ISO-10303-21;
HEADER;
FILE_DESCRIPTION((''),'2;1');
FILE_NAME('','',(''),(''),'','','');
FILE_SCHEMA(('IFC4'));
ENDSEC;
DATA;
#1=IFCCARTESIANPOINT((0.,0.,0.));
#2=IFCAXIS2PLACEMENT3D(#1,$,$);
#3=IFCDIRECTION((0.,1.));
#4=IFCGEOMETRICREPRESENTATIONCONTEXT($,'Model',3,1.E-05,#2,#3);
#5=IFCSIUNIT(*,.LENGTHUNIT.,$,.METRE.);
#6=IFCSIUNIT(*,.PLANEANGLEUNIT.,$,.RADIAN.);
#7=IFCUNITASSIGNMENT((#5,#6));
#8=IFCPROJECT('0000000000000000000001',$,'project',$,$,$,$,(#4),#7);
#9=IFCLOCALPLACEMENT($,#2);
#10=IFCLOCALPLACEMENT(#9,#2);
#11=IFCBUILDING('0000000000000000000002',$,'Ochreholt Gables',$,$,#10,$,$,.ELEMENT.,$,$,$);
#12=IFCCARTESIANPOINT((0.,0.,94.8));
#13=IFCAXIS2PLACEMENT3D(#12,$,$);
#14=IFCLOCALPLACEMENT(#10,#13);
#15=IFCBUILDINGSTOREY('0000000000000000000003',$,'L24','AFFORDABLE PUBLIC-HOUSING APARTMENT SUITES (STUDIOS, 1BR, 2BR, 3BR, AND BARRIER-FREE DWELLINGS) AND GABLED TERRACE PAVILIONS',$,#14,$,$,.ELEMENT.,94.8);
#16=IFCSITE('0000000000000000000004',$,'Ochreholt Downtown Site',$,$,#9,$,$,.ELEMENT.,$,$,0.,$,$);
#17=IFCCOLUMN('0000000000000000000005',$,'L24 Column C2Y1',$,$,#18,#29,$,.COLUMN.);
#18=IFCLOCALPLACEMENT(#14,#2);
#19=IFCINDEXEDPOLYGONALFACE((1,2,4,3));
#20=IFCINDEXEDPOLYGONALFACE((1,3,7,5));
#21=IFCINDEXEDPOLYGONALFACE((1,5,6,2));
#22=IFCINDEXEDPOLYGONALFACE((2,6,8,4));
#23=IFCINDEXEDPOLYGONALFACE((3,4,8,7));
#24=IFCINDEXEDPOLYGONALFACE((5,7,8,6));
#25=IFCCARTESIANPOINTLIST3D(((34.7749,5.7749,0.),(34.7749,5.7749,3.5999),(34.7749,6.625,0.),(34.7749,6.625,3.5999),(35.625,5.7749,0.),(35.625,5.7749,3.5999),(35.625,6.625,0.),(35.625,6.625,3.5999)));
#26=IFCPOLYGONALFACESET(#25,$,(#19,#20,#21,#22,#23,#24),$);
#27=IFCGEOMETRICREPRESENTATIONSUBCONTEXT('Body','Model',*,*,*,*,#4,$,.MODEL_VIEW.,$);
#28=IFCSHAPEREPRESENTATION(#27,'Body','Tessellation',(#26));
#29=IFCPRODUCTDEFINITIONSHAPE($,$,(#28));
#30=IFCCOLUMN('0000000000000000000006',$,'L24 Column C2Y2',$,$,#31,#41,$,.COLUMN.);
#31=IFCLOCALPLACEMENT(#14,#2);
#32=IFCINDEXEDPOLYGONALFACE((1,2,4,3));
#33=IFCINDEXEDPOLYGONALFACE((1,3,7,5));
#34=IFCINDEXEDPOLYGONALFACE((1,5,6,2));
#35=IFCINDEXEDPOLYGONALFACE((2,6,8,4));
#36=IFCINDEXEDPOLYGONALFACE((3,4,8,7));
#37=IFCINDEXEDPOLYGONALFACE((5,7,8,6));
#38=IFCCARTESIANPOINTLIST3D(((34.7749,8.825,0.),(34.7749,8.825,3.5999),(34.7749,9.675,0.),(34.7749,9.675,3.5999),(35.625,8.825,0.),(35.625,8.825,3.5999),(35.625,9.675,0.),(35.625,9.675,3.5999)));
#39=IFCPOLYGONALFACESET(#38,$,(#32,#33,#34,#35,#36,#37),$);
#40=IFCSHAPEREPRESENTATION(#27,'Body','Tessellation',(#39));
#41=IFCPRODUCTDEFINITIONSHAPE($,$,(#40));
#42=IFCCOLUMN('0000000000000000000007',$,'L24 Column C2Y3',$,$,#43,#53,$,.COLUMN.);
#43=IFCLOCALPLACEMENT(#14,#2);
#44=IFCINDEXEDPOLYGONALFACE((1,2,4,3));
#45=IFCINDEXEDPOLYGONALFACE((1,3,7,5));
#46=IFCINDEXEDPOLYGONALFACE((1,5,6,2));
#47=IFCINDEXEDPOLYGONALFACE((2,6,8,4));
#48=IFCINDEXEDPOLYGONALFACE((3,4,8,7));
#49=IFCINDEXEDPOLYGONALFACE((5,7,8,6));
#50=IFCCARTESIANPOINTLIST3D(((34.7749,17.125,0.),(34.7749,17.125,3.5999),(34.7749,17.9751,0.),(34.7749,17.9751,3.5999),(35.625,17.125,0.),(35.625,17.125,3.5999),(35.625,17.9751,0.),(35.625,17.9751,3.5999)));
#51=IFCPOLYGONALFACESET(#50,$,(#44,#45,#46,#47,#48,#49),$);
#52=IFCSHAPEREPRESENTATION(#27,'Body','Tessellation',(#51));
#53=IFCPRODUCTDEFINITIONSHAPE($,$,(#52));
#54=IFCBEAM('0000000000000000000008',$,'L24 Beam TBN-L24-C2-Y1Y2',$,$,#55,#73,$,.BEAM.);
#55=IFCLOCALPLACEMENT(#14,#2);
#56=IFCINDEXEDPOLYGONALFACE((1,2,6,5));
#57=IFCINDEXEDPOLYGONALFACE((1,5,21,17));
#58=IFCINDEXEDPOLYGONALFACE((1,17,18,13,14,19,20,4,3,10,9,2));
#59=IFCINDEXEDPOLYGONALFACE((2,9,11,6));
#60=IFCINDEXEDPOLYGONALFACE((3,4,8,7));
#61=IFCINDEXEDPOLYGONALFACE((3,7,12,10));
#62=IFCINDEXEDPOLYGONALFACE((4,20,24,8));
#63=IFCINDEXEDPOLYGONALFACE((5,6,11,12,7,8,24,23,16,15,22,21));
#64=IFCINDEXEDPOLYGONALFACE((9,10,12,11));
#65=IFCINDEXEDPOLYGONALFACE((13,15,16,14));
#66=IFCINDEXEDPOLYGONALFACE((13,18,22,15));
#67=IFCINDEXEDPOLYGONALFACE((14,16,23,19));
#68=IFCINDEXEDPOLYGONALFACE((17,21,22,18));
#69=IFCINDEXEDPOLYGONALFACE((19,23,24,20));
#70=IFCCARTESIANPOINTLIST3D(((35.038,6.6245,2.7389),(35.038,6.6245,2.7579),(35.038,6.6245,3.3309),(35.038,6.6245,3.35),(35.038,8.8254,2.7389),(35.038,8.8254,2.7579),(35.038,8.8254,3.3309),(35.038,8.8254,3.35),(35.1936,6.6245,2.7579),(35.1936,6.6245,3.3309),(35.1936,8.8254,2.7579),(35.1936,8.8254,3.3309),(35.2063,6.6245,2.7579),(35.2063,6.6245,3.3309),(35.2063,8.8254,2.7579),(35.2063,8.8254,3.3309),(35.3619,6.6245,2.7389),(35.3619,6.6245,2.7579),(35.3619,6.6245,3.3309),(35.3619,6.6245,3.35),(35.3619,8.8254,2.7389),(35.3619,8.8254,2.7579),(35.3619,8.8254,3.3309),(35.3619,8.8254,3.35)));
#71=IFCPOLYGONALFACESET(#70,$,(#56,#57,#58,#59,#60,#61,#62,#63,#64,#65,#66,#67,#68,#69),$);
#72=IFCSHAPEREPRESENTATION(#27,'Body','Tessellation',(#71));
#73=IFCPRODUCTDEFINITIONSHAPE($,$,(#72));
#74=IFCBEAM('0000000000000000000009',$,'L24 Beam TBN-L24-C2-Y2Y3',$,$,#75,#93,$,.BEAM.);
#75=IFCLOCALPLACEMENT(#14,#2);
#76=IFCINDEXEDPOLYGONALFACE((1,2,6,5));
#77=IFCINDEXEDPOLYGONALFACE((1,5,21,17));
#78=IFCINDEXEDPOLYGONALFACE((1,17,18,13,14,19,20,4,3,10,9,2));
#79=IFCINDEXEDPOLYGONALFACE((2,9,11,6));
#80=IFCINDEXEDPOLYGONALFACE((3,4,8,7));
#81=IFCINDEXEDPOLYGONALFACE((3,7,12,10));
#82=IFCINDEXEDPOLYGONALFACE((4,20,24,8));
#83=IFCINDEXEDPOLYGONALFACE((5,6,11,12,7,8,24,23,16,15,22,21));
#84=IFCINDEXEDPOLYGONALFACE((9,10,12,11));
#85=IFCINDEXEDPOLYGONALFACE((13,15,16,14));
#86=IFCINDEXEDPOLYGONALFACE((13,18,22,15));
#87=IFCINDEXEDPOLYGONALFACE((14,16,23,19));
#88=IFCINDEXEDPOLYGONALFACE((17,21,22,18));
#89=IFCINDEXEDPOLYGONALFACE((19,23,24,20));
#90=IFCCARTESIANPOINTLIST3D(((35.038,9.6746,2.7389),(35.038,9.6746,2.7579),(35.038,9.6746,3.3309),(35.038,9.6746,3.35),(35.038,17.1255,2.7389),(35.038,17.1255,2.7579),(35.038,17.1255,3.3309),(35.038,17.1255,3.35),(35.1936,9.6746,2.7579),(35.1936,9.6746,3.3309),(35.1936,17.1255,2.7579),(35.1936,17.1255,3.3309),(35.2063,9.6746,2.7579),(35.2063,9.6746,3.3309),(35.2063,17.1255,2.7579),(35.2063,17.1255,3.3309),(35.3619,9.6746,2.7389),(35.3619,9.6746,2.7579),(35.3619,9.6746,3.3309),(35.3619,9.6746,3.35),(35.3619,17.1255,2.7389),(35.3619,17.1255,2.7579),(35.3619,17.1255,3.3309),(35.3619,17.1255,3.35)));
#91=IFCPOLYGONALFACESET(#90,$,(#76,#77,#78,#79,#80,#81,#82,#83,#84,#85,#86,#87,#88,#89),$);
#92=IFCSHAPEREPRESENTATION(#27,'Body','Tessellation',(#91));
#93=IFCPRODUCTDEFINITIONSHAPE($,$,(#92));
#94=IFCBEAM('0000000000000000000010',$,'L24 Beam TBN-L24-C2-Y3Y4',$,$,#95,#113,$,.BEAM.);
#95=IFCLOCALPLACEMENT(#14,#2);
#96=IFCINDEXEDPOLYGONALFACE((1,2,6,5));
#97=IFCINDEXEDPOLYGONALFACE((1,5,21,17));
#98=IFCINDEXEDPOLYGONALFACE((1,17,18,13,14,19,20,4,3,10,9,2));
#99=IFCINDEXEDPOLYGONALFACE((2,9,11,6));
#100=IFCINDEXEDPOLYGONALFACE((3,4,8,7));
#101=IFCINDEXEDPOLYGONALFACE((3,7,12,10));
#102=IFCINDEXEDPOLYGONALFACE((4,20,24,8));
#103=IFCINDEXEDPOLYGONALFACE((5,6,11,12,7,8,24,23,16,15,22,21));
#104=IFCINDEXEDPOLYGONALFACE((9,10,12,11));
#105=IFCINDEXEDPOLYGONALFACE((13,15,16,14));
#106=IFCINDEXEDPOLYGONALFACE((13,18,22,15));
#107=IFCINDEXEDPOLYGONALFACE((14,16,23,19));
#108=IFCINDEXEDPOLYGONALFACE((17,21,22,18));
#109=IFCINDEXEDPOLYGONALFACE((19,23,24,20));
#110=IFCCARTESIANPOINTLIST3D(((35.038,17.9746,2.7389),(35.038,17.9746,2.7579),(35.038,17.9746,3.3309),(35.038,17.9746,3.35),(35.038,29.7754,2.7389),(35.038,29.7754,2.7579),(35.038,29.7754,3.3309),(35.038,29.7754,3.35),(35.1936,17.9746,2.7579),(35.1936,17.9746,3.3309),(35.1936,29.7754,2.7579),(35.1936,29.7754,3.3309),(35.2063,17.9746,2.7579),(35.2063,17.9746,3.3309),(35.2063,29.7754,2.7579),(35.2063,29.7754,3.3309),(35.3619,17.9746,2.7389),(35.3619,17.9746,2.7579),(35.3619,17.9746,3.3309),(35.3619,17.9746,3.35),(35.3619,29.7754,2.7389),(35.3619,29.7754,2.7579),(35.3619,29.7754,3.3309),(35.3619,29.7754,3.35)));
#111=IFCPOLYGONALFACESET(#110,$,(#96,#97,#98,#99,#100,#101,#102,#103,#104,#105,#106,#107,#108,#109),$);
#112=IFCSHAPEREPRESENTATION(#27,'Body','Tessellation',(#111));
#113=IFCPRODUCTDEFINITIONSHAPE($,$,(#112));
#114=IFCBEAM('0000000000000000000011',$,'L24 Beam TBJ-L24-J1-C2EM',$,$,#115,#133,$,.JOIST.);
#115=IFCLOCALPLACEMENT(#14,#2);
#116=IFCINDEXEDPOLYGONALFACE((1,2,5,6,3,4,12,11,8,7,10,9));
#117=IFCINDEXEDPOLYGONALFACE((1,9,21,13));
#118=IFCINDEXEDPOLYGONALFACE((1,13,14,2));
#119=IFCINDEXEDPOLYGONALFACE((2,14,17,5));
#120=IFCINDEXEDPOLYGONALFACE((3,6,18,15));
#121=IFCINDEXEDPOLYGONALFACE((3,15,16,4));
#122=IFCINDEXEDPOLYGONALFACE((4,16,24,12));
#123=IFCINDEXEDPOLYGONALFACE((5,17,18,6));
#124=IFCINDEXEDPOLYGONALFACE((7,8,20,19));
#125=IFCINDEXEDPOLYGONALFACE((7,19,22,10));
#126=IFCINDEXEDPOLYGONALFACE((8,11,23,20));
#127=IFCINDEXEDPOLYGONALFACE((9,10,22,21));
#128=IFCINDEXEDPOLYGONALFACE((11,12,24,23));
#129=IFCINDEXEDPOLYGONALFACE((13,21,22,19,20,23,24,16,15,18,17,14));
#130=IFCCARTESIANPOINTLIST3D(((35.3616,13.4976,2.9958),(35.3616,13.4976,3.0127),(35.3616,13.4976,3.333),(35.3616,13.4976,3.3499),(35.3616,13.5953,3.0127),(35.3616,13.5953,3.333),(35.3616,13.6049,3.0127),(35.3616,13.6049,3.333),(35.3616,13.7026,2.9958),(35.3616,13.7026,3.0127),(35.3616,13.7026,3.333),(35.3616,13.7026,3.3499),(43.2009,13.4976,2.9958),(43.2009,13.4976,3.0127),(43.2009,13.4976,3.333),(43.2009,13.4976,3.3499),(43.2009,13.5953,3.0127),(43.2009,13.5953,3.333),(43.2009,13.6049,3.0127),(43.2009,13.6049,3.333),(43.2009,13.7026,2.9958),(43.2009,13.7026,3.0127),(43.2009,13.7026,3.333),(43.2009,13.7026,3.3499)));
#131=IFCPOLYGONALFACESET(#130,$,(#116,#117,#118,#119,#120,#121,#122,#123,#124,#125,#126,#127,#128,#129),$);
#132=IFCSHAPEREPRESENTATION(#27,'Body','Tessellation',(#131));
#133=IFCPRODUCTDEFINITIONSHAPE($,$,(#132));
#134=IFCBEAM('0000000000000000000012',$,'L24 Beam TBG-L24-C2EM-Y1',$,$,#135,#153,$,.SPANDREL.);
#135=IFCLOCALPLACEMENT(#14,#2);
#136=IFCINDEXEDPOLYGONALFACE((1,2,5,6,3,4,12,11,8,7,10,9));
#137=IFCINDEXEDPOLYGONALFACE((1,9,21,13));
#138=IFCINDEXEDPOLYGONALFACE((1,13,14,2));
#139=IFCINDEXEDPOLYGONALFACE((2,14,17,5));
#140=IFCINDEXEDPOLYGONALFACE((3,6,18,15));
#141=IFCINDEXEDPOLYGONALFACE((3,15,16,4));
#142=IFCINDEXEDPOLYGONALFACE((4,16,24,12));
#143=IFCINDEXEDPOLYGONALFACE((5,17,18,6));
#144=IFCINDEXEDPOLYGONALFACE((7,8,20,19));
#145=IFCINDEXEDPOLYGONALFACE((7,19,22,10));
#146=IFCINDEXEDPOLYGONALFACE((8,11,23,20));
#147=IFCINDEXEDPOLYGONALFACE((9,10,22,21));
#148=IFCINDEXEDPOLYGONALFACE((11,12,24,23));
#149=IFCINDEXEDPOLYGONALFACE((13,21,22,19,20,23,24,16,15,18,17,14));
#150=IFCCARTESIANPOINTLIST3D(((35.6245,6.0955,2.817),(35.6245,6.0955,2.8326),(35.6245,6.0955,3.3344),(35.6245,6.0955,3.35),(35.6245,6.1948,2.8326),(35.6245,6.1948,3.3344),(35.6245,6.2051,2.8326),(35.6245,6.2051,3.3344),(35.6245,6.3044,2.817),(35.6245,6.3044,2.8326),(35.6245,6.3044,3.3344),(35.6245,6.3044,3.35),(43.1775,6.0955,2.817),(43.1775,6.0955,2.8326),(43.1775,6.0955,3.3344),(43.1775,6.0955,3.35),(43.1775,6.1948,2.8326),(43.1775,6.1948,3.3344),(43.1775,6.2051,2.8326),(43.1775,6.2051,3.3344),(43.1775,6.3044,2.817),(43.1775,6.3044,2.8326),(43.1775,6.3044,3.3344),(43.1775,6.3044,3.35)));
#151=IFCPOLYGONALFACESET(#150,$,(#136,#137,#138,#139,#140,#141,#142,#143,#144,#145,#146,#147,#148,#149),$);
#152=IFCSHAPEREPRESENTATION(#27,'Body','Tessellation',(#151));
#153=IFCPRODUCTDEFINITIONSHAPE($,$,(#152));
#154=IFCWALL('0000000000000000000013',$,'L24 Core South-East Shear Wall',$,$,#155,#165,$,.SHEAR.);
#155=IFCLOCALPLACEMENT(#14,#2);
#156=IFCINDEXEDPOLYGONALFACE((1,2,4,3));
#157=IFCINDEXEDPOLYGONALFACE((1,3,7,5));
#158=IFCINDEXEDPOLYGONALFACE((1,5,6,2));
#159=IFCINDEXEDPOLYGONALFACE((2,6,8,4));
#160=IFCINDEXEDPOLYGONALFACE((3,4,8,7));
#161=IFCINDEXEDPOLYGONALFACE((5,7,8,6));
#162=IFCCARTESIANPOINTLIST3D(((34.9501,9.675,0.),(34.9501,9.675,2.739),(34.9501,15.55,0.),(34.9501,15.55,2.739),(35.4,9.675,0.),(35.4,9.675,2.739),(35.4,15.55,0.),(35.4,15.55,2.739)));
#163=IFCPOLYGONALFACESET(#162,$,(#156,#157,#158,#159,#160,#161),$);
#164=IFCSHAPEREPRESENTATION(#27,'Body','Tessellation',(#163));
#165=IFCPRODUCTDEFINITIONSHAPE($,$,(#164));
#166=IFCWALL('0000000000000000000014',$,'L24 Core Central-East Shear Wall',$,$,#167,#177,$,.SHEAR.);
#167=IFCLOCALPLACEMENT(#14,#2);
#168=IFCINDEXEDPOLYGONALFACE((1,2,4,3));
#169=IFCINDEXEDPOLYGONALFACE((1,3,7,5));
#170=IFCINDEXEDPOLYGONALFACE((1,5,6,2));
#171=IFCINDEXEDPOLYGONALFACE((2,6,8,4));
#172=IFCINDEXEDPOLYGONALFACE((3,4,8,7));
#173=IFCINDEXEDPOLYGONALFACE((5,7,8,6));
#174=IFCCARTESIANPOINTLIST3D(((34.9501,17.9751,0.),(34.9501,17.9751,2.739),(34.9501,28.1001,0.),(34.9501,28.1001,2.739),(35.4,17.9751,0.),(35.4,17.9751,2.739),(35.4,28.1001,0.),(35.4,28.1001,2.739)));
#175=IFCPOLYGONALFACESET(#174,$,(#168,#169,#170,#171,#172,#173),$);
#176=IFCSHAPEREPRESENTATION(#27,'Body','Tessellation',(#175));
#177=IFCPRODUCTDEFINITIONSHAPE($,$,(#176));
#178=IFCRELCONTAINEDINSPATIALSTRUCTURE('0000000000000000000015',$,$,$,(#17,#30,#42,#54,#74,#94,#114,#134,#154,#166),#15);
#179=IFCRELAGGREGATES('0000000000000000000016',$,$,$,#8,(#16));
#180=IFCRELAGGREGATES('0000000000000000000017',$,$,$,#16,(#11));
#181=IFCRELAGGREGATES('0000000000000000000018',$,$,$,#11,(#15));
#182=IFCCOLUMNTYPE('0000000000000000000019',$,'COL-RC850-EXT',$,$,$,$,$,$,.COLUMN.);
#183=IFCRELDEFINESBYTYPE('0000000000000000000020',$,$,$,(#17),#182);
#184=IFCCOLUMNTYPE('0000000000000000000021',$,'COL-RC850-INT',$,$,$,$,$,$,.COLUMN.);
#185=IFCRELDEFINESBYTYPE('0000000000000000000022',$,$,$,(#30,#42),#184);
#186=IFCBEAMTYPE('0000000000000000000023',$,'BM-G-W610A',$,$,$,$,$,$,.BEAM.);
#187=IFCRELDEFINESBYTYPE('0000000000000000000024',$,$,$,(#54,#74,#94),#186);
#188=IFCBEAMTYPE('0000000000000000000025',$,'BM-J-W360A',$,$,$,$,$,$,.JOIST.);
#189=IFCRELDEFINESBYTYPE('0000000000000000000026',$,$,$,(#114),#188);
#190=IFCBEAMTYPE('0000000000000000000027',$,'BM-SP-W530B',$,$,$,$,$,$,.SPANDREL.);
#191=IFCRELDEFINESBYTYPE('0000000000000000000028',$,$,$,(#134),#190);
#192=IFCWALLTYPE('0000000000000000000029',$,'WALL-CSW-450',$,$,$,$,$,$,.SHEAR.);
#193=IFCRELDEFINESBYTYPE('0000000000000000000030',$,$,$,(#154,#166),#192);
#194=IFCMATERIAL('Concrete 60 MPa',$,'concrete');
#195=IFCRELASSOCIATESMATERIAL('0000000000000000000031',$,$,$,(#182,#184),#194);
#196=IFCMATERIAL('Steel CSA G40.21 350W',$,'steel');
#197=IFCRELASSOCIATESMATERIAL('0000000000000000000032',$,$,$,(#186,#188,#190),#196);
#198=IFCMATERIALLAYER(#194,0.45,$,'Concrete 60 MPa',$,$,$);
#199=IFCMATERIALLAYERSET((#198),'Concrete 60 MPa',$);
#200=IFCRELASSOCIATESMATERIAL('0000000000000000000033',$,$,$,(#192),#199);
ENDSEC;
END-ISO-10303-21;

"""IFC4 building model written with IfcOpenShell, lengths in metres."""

from ifc_helpers import new_model, si_unit, direction, frame, frame_2d, origin, origin_2d, place, context, subcontext, project, spatial, rectangle, i_section, extrude, material, layer, layer_set, material_profile, profile_set, type_object, element, save


model = new_model("IFC4")

# Units and contexts
model_context = context("Model", 3, precision=1e-05, world=origin(), true_north=direction((0.0, 1.0)))
body_context = subcontext(model_context, "Body", "Model", "MODEL_VIEW")
ifc_project = project(units=[si_unit("LENGTHUNIT", "METRE"), si_unit("PLANEANGLEUNIT", "RADIAN")], contexts=[model_context])

# Site, building, storey
site_placement = place(None, origin())
site = spatial("IfcSite", under=ifc_project, at=site_placement, Name="Ochreholt Downtown Site", CompositionType="ELEMENT", RefElevation=0.0)
building_placement = place(site_placement, origin())
building = spatial("IfcBuilding", under=site, at=building_placement, Name="Ochreholt Gables", CompositionType="ELEMENT")
storey_placement = place(building_placement, frame((0.0, 0.0, 94.8)))
storey = spatial("IfcBuildingStorey", under=building, at=storey_placement, Name="L24", Description="AFFORDABLE PUBLIC-HOUSING APARTMENT SUITES (STUDIOS, 1BR, 2BR, 3BR, AND BARRIER-FREE DWELLINGS) AND GABLED TERRACE PAVILIONS", CompositionType="ELEMENT", Elevation=94.8)

# Columns
ifc_material_1 = material(Name="Concrete 60 MPa", Category="concrete")
ifc_material_profile_1 = material_profile(ifc_material_1, rectangle(XDim=0.8501, YDim=0.8501, at=origin_2d()), Name="RC850X850")
ifc_profile_set_1 = profile_set([ifc_material_profile_1], Name="Concrete 60 MPa")
column_type_1 = type_object("IfcColumnType", Name="COL-RC850-EXT", PredefinedType="COLUMN", material=ifc_profile_set_1)
column_placement = place(storey_placement, frame((35.2, 6.2, 0.0), z_axis=(0.0, 0.0, 1.0), x_axis=(1.0, 0.0, 0.0)))
element("IfcColumn", 1, at=column_placement, inside=storey, type_object=column_type_1, Name="L24 Column C2Y1", PredefinedType="COLUMN", context=body_context, shape_type="SweptSolid", body=[
    extrude(rectangle(XDim=0.8501, YDim=0.8501, at=origin_2d()), origin(), (0.0, 0.0, 1.0), 3.5999),
])
ifc_material_profile_2 = material_profile(ifc_material_1, rectangle(XDim=0.8501, YDim=0.8501, at=origin_2d()), Name="RC850X850")
ifc_profile_set_2 = profile_set([ifc_material_profile_2], Name="Concrete 60 MPa")
column_type_2 = type_object("IfcColumnType", Name="COL-RC850-INT", PredefinedType="COLUMN", material=ifc_profile_set_2)
for number, where, z_axis, x_axis, name in (
    (2, (35.2, 9.25, 0.0), (0.0, 0.0, 1.0), (1.0, 0.0, 0.0), "L24 Column C2Y2"),
    (3, (35.2, 17.55, 0.0), (0.0, 0.0, 1.0), (1.0, 0.0, 0.0), "L24 Column C2Y3"),
):
    element("IfcColumn", number, at=place(storey_placement, frame(where, z_axis=z_axis, x_axis=x_axis)), inside=storey, type_object=column_type_2, Name=name, PredefinedType="COLUMN", context=body_context, shape_type="SweptSolid", body=[
        extrude(rectangle(XDim=0.8501, YDim=0.8501, at=origin_2d()), origin(), (0.0, 0.0, 1.0), 3.5999),
    ])

# Beams
ifc_material_2 = material(Name="Steel CSA G40.21 350W", Category="steel")
ifc_material_profile_3 = material_profile(ifc_material_2, i_section(OverallWidth=0.324, OverallDepth=0.6111, WebThickness=0.0127, FlangeThickness=0.019, at=origin_2d()), Name="W610X155")
ifc_profile_set_3 = profile_set([ifc_material_profile_3], Name="Steel CSA G40.21 350W")
beam_type_1 = type_object("IfcBeamType", Name="BM-G-W610A", PredefinedType="BEAM", material=ifc_profile_set_3)
beam_1_placement = place(storey_placement, frame((35.2, 6.6245, 3.0444), z_axis=(0.0, 1.0, 0.0), x_axis=(-1.0, 0.0, 0.0)))
element("IfcBeam", 4, at=beam_1_placement, inside=storey, type_object=beam_type_1, Name="L24 Beam TBN-L24-C2-Y1Y2", PredefinedType="BEAM", context=body_context, shape_type="SweptSolid", body=[
    extrude(i_section(OverallWidth=0.324, OverallDepth=0.6111, WebThickness=0.0127, FlangeThickness=0.019, at=origin_2d()), origin(), (0.0, 0.0, 1.0), 2.2009),
])
beam_2_placement = place(storey_placement, frame((35.2, 9.6746, 3.0444), z_axis=(0.0, 1.0, 0.0), x_axis=(-1.0, 0.0, 0.0)))
element("IfcBeam", 5, at=beam_2_placement, inside=storey, type_object=beam_type_1, Name="L24 Beam TBN-L24-C2-Y2Y3", PredefinedType="BEAM", context=body_context, shape_type="SweptSolid", body=[
    extrude(i_section(OverallWidth=0.324, OverallDepth=0.6111, WebThickness=0.0127, FlangeThickness=0.019, at=origin_2d()), origin(), (0.0, 0.0, 1.0), 7.4509),
])
beam_3_placement = place(storey_placement, frame((35.2, 17.9746, 3.0444), z_axis=(0.0, 1.0, 0.0), x_axis=(-1.0, 0.0, 0.0)))
element("IfcBeam", 6, at=beam_3_placement, inside=storey, type_object=beam_type_1, Name="L24 Beam TBN-L24-C2-Y3Y4", PredefinedType="BEAM", context=body_context, shape_type="SweptSolid", body=[
    extrude(i_section(OverallWidth=0.324, OverallDepth=0.6111, WebThickness=0.0127, FlangeThickness=0.019, at=origin_2d()), origin(), (0.0, 0.0, 1.0), 11.8008),
])
ifc_material_profile_4 = material_profile(ifc_material_2, i_section(OverallWidth=0.2051, OverallDepth=0.354, WebThickness=0.0095, FlangeThickness=0.0168, at=origin_2d()), Name="W360X79")
ifc_profile_set_4 = profile_set([ifc_material_profile_4], Name="Steel CSA G40.21 350W")
beam_type_2 = type_object("IfcBeamType", Name="BM-J-W360A", PredefinedType="JOIST", material=ifc_profile_set_4)
beam_4_placement = place(storey_placement, frame((35.3616, 13.6001, 3.1729), z_axis=(1.0, 0.0, 0.0), x_axis=(0.0, 1.0, 0.0)))
element("IfcBeam", 7, at=beam_4_placement, inside=storey, type_object=beam_type_2, Name="L24 Beam TBJ-L24-J1-C2EM", PredefinedType="JOIST", context=body_context, shape_type="SweptSolid", body=[
    extrude(i_section(OverallWidth=0.2051, OverallDepth=0.354, WebThickness=0.0095, FlangeThickness=0.0168, at=origin_2d()), origin(), (0.0, 0.0, 1.0), 7.8394),
])
ifc_material_profile_5 = material_profile(ifc_material_2, i_section(OverallWidth=0.209, OverallDepth=0.533, WebThickness=0.0103, FlangeThickness=0.0156, at=origin_2d()), Name="W530X92")
ifc_profile_set_5 = profile_set([ifc_material_profile_5], Name="Steel CSA G40.21 350W")
beam_type_3 = type_object("IfcBeamType", Name="BM-SP-W530B", PredefinedType="SPANDREL", material=ifc_profile_set_5)
beam_5_placement = place(storey_placement, frame((35.6245, 6.2, 3.0835), z_axis=(1.0, 0.0, 0.0), x_axis=(0.0, 1.0, 0.0)))
element("IfcBeam", 8, at=beam_5_placement, inside=storey, type_object=beam_type_3, Name="L24 Beam TBG-L24-C2EM-Y1", PredefinedType="SPANDREL", context=body_context, shape_type="SweptSolid", body=[
    extrude(i_section(OverallWidth=0.209, OverallDepth=0.533, WebThickness=0.0103, FlangeThickness=0.0156, at=origin_2d()), origin(), (0.0, 0.0, 1.0), 7.553),
])

# Walls
ifc_layer_1 = layer(ifc_material_1, 0.45, Name="Concrete 60 MPa")
ifc_layer_set_1 = layer_set([ifc_layer_1], Name="Concrete 60 MPa")
wall_type_1 = type_object("IfcWallType", Name="WALL-CSW-450", PredefinedType="SHEAR", material=ifc_layer_set_1)
wall_1_placement = place(storey_placement, frame((35.175, 9.675, 0.0), z_axis=(0.0, 0.0, 1.0), x_axis=(0.0, 1.0, 0.0)))
element("IfcWall", 9, at=wall_1_placement, inside=storey, type_object=wall_type_1, Name="L24 Core South-East Shear Wall", PredefinedType="SHEAR", context=body_context, shape_type="SweptSolid", body=[
    extrude(rectangle(XDim=5.875, YDim=0.45, at=frame_2d((2.9375, 0.0))), origin(), (0.0, 0.0, 1.0), 2.739),
])
wall_2_placement = place(storey_placement, frame((35.175, 17.9751, 0.0), z_axis=(0.0, 0.0, 1.0), x_axis=(0.0, 1.0, 0.0)))
element("IfcWall", 10, at=wall_2_placement, inside=storey, type_object=wall_type_1, Name="L24 Core Central-East Shear Wall", PredefinedType="SHEAR", context=body_context, shape_type="SweptSolid", body=[
    extrude(rectangle(XDim=10.125, YDim=0.45, at=frame_2d((5.0625, 0.0))), origin(), (0.0, 0.0, 1.0), 2.739),
])

save(model, "model.ifc")
